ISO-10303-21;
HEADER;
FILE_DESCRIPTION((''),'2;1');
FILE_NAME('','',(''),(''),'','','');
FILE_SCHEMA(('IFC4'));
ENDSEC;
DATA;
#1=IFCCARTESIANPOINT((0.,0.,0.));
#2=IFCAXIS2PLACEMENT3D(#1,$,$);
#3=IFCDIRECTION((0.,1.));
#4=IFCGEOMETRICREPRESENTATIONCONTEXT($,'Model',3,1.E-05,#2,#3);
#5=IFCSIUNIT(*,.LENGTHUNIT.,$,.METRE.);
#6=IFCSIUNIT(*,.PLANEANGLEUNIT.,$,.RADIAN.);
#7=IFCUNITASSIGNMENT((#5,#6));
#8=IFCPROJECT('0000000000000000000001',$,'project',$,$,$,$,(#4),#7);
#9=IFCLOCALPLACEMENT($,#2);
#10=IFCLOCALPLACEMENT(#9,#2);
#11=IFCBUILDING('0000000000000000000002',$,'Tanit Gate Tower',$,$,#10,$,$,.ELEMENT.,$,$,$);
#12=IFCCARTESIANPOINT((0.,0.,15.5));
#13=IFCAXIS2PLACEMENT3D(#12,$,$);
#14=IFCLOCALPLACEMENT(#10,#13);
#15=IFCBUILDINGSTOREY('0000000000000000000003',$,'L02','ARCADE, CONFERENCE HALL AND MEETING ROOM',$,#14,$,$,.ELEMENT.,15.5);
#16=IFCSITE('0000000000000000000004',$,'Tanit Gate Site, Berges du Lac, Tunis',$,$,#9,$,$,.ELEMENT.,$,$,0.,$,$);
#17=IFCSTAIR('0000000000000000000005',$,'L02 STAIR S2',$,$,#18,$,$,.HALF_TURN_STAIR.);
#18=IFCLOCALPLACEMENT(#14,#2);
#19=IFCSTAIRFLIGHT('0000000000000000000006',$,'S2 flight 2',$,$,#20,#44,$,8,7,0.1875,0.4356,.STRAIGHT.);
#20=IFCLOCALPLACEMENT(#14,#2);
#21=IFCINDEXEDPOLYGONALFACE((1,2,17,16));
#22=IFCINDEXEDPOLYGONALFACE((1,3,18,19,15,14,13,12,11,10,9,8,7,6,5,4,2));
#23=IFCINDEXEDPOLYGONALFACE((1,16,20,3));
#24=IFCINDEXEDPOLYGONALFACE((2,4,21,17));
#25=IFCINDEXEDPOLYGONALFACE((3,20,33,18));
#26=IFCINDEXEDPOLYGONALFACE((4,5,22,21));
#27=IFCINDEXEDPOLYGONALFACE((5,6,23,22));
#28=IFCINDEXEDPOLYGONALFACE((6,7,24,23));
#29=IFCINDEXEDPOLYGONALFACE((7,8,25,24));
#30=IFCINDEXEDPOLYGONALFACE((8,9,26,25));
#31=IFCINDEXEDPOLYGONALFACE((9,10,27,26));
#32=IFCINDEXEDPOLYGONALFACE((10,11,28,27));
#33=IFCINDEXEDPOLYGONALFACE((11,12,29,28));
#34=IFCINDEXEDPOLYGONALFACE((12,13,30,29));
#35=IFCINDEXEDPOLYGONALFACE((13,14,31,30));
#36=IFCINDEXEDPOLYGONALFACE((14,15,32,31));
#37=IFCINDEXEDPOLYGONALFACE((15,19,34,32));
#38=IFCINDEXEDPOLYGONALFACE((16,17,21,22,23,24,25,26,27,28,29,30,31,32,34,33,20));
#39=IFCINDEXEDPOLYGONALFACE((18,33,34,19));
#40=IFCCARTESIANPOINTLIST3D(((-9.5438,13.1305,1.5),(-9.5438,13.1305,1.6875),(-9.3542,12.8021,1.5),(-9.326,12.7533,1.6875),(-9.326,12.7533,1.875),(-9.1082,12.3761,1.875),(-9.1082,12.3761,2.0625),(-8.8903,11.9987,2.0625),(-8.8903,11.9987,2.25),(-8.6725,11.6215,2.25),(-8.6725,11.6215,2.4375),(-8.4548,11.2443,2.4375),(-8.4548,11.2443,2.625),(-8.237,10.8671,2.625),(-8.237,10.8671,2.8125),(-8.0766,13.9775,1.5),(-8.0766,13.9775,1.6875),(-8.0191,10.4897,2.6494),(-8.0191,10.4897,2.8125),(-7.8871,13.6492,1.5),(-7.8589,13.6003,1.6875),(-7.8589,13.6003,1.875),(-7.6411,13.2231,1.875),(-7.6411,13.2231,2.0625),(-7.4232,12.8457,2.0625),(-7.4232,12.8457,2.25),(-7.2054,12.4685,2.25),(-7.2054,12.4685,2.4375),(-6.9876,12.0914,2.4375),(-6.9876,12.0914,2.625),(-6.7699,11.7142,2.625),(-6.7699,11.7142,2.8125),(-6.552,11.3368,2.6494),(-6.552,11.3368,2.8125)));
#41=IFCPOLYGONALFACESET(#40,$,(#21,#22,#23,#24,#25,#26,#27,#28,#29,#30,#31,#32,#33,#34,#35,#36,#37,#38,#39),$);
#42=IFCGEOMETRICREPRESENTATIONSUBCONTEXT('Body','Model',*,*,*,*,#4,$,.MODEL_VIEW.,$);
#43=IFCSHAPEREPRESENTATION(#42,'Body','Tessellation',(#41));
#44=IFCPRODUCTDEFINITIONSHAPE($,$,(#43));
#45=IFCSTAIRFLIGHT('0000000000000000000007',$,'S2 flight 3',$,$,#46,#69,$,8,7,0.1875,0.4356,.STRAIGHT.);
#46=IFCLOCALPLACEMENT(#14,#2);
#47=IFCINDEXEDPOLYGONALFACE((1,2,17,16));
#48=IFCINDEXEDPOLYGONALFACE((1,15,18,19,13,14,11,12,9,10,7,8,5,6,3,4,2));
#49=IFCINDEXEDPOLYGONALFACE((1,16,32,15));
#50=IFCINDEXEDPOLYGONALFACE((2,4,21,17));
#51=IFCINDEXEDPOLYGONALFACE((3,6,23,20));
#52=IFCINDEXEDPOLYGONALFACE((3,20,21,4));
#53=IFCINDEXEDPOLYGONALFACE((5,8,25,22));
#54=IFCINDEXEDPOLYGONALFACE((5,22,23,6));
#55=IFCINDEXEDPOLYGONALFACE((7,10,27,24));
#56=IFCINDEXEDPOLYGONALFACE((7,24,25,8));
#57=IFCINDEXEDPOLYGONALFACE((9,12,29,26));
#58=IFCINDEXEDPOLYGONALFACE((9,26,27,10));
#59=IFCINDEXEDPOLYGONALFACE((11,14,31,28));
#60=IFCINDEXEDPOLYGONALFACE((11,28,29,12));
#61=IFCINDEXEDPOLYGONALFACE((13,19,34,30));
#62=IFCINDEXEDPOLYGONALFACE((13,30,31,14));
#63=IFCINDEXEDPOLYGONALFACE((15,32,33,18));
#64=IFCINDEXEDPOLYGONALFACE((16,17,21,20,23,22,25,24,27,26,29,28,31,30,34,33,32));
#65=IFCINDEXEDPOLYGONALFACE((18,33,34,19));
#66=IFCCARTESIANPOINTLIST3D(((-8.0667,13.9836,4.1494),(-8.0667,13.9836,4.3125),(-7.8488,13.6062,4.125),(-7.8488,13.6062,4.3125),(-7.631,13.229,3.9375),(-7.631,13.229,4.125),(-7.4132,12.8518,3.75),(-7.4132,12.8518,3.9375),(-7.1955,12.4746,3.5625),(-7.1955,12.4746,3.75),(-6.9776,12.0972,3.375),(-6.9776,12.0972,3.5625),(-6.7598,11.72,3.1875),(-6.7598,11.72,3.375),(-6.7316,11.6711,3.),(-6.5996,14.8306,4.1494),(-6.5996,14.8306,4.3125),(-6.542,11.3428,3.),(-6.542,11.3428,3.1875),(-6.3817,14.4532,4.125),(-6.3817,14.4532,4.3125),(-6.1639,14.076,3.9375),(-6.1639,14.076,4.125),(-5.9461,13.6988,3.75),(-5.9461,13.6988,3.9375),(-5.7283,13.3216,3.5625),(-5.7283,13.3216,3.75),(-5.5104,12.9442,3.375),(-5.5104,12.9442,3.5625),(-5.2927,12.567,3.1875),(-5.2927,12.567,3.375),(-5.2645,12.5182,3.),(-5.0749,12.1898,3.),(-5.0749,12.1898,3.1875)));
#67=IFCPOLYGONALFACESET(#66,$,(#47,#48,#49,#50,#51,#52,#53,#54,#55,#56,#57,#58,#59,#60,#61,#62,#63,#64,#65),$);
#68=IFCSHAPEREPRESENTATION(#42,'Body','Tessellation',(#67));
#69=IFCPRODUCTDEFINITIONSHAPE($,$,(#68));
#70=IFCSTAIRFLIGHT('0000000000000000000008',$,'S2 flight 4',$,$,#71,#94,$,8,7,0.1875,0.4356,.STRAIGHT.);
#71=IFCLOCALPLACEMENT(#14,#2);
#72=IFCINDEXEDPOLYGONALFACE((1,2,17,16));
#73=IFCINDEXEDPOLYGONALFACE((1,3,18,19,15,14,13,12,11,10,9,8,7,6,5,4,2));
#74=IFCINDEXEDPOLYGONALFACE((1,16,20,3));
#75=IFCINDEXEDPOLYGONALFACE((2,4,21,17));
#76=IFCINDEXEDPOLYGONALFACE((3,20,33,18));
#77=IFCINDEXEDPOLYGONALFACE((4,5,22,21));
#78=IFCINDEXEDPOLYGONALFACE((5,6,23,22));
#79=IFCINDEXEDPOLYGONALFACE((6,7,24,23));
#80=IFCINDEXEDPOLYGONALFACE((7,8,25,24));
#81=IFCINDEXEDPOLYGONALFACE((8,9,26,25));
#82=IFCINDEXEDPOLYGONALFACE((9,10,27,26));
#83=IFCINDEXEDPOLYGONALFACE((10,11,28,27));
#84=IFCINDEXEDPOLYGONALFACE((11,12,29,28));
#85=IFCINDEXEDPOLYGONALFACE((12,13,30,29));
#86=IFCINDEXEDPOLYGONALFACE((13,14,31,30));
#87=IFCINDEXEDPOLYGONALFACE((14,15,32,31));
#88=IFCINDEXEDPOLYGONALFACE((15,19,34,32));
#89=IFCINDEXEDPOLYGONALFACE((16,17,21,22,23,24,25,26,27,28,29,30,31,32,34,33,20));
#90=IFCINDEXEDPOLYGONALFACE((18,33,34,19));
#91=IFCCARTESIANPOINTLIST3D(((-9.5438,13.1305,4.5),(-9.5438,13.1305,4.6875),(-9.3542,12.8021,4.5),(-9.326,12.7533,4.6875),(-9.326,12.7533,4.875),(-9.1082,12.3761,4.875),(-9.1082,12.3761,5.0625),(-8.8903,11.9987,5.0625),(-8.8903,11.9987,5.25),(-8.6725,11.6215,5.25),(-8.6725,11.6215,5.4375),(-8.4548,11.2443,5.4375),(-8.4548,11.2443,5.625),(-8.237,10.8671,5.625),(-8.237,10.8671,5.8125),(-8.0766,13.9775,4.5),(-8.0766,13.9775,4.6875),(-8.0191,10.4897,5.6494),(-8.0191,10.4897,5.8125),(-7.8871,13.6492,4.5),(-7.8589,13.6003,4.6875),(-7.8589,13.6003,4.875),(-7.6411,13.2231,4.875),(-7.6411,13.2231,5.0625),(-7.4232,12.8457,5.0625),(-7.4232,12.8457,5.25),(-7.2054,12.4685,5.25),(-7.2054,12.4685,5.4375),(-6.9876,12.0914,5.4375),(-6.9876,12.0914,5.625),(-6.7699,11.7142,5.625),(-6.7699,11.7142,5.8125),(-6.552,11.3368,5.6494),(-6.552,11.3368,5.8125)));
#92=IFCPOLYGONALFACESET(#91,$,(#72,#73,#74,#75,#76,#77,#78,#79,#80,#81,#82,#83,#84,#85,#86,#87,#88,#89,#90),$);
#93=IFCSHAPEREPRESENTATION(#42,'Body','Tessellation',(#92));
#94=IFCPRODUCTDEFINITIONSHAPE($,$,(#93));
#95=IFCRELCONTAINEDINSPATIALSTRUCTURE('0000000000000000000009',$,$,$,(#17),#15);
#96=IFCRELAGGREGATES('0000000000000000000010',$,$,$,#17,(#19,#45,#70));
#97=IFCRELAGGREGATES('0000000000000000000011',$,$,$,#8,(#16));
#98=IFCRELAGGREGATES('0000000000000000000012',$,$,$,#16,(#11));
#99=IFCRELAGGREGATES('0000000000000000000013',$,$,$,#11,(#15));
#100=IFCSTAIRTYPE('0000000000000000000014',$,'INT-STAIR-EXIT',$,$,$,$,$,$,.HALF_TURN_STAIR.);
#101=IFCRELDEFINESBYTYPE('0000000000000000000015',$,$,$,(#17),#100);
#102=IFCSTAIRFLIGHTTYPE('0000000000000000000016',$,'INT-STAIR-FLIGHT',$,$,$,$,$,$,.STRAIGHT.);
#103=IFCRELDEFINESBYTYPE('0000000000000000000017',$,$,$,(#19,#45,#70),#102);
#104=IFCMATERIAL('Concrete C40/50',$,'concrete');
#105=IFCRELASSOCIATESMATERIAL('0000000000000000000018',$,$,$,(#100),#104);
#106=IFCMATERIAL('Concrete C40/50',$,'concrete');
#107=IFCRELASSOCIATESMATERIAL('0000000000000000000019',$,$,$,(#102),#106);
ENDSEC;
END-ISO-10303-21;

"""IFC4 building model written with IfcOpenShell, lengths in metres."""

from ifc_helpers import new_model, si_unit, direction, frame, origin, place, context, subcontext, project, spatial, polyline, outline, extrude, material, type_object, element, aggregate, save


model = new_model("IFC4")

# Units and contexts
model_context = context("Model", 3, precision=1e-05, world=origin(), true_north=direction((0.0, 1.0)))
body_context = subcontext(model_context, "Body", "Model", "MODEL_VIEW")
ifc_project = project(units=[si_unit("LENGTHUNIT", "METRE"), si_unit("PLANEANGLEUNIT", "RADIAN")], contexts=[model_context])

# Site, building, storey
site_placement = place(None, origin())
site = spatial("IfcSite", under=ifc_project, at=site_placement, Name="Tanit Gate Site, Berges du Lac, Tunis", CompositionType="ELEMENT", RefElevation=0.0)
building_placement = place(site_placement, origin())
building = spatial("IfcBuilding", under=site, at=building_placement, Name="Tanit Gate Tower", CompositionType="ELEMENT")
storey_placement = place(building_placement, frame((0.0, 0.0, 15.5)))
storey = spatial("IfcBuildingStorey", under=building, at=storey_placement, Name="L02", Description="ARCADE, CONFERENCE HALL AND MEETING ROOM", CompositionType="ELEMENT", Elevation=15.5)

# Stair, stair flights
ifc_material_1 = material(Name="Concrete C40/50", Category="concrete")
stair_type = type_object("IfcStairType", Name="INT-STAIR-EXIT", PredefinedType="HALF_TURN_STAIR", material=ifc_material_1)
stair_placement = place(storey_placement, origin())
stair = element("IfcStair", 1, at=stair_placement, inside=storey, type_object=stair_type, Name="L02 STAIR S2", PredefinedType="HALF_TURN_STAIR")
ifc_material_2 = material(Name="Concrete C40/50", Category="concrete")
stair_flight_type = type_object("IfcStairFlightType", Name="INT-STAIR-FLIGHT", PredefinedType="STRAIGHT", material=ifc_material_2)
stair_flight_1_placement = place(storey_placement, frame((-8.8103, 13.554, 1.5), z_axis=(0.0, 0.0, 1.0), x_axis=(0.5, -0.866025, 0.0)))
stair_flight_1 = element("IfcStairFlight", 2, at=stair_flight_1_placement, type_object=stair_flight_type, Name="S2 flight 2", NumberOfRisers=8, NumberOfTreads=7, PredefinedType="STRAIGHT", RiserHeight=0.1875, TreadLength=0.4356, context=body_context, shape_type="SweptSolid", body=[
    extrude(outline(polyline([(0.0, 0.0), (0.0, 0.1875), (0.4355, 0.1875), (0.4355, 0.375), (0.8711, 0.375), (0.8711, 0.5625), (1.3069, 0.5625), (1.3069, 0.75), (1.7424, 0.75), (1.7424, 0.9375), (2.178, 0.9375), (2.178, 1.125), (2.6135, 1.125), (2.6135, 1.3125), (3.0493, 1.3125), (3.0493, 1.5), (3.0493, 1.1494), (0.3792, 0.0), (0.0, 0.0)])), frame((0.0, 0.8472, 0.0), z_axis=(0.0, -1.0, 0.0), x_axis=(1.0, 0.0, 0.0)), (0.0, 0.0, 1.0), 1.6941),
])
stair_flight_2_placement = place(storey_placement, frame((-5.8083, 11.7664, 3.0), z_axis=(0.0, 0.0, 1.0), x_axis=(-0.5, 0.866025, 0.0)))
stair_flight_2 = element("IfcStairFlight", 3, at=stair_flight_2_placement, type_object=stair_flight_type, Name="S2 flight 3", NumberOfRisers=8, NumberOfTreads=7, PredefinedType="STRAIGHT", RiserHeight=0.1875, TreadLength=0.4356, context=body_context, shape_type="SweptSolid", body=[
    extrude(outline(polyline([(0.0, 0.0), (0.0, 0.1875), (0.4355, 0.1875), (0.4355, 0.375), (0.8711, 0.375), (0.8711, 0.5625), (1.3069, 0.5625), (1.3069, 0.75), (1.7424, 0.75), (1.7424, 0.9375), (2.178, 0.9375), (2.178, 1.125), (2.6135, 1.125), (2.6135, 1.3125), (3.0493, 1.3125), (3.0493, 1.5), (3.0493, 1.1494), (0.3792, 0.0), (0.0, 0.0)])), frame((0.0, 0.8472, 0.0), z_axis=(0.0, -1.0, 0.0), x_axis=(1.0, 0.0, 0.0)), (0.0, 0.0, 1.0), 1.6941),
])
stair_flight_3_placement = place(storey_placement, frame((-8.8103, 13.554, 4.5), z_axis=(0.0, 0.0, 1.0), x_axis=(0.5, -0.866025, 0.0)))
stair_flight_3 = element("IfcStairFlight", 4, at=stair_flight_3_placement, type_object=stair_flight_type, Name="S2 flight 4", NumberOfRisers=8, NumberOfTreads=7, PredefinedType="STRAIGHT", RiserHeight=0.1875, TreadLength=0.4356, context=body_context, shape_type="SweptSolid", body=[
    extrude(outline(polyline([(0.0, 0.0), (0.0, 0.1875), (0.4355, 0.1875), (0.4355, 0.375), (0.8711, 0.375), (0.8711, 0.5625), (1.3069, 0.5625), (1.3069, 0.75), (1.7424, 0.75), (1.7424, 0.9375), (2.178, 0.9375), (2.178, 1.125), (2.6135, 1.125), (2.6135, 1.3125), (3.0493, 1.3125), (3.0493, 1.5), (3.0493, 1.1494), (0.3792, 0.0), (0.0, 0.0)])), frame((0.0, 0.8472, 0.0), z_axis=(0.0, -1.0, 0.0), x_axis=(1.0, 0.0, 0.0)), (0.0, 0.0, 1.0), 1.6941),
])
aggregate(stair, [stair_flight_1, stair_flight_2, stair_flight_3])

save(model, "model.ifc")
